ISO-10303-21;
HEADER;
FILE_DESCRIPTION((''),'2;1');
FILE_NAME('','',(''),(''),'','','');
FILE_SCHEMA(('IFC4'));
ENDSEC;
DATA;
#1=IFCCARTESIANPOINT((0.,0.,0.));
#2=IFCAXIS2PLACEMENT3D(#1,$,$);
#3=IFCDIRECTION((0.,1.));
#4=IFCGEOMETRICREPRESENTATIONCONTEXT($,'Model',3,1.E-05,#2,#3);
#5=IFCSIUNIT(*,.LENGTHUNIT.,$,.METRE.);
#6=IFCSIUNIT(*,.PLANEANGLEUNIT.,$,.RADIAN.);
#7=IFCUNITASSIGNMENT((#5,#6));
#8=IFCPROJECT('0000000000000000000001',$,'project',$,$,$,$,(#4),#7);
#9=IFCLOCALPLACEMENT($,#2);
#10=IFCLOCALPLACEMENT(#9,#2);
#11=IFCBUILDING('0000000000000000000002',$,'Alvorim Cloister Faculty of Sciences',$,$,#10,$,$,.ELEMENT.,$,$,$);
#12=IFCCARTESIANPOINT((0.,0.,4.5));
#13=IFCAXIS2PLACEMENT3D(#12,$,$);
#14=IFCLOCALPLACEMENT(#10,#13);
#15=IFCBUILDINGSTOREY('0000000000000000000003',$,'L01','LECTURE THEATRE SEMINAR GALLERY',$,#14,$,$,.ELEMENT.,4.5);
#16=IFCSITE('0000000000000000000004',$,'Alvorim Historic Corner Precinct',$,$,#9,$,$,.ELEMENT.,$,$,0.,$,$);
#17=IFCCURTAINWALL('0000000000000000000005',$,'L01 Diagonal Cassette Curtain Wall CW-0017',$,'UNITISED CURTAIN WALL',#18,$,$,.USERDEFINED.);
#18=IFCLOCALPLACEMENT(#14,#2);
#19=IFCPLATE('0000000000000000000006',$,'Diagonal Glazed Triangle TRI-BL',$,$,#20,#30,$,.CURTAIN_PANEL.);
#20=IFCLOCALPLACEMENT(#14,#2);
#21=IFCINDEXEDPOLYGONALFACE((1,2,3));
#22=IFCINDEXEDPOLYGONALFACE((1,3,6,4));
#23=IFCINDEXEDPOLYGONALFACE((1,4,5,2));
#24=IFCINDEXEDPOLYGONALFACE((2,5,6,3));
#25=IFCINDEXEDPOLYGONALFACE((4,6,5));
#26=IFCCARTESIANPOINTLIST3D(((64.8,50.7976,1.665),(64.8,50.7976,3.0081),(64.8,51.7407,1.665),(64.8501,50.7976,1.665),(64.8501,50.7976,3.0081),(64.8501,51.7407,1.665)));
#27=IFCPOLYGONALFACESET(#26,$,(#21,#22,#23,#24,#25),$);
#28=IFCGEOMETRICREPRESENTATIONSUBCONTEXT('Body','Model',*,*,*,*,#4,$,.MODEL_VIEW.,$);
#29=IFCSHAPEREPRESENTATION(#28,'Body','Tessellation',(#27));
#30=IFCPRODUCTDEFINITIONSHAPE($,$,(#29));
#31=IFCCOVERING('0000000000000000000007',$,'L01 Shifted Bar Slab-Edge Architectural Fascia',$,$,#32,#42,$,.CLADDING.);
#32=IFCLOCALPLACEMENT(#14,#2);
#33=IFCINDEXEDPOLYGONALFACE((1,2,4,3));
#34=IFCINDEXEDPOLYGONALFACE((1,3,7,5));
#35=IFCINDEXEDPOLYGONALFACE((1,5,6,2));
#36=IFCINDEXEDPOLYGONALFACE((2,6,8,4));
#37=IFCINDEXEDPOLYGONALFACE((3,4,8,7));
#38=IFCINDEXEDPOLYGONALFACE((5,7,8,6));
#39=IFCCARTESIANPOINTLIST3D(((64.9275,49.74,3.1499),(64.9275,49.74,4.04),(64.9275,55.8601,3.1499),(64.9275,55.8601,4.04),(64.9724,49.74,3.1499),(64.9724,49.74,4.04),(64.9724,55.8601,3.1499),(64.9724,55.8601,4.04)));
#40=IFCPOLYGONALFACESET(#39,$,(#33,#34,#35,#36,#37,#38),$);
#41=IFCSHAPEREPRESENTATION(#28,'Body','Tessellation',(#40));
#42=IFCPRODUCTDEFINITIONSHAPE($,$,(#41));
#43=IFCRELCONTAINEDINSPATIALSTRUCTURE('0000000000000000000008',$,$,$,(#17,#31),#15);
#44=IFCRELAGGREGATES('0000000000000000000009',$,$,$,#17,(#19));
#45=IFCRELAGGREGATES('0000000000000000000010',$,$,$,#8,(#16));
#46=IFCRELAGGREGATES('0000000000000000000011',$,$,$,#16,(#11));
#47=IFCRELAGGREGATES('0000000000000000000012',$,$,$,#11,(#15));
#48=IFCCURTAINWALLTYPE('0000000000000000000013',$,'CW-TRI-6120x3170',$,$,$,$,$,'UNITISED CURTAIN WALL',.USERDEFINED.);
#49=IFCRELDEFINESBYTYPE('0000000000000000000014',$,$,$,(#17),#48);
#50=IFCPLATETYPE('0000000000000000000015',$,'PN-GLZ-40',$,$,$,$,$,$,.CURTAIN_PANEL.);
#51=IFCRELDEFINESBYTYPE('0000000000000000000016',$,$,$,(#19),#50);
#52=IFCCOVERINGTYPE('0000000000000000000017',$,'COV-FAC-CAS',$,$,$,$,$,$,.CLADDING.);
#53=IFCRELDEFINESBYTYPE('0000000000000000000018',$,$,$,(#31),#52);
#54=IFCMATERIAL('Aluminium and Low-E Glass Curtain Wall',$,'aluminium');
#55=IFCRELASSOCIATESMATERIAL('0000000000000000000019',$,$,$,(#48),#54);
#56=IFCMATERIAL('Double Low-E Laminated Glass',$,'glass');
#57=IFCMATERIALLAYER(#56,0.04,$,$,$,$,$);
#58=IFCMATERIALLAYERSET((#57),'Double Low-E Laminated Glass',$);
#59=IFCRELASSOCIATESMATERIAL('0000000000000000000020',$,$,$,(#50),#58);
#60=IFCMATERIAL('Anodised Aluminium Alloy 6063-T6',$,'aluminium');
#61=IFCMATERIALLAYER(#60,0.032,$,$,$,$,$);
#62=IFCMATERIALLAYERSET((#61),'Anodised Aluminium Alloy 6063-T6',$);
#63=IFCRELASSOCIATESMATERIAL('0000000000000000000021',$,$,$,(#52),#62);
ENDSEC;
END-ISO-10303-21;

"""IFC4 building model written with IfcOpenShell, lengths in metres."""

from ifc_helpers import new_model, si_unit, direction, frame, origin, place, context, subcontext, project, spatial, polyline, outline, extrude, material, layer, layer_set, type_object, element, aggregate, save


model = new_model("IFC4")

# Units and contexts
model_context = context("Model", 3, precision=1e-05, world=origin(), true_north=direction((0.0, 1.0)))
body_context = subcontext(model_context, "Body", "Model", "MODEL_VIEW")
ifc_project = project(units=[si_unit("LENGTHUNIT", "METRE"), si_unit("PLANEANGLEUNIT", "RADIAN")], contexts=[model_context])

# Site, building, storey
site_placement = place(None, origin())
site = spatial("IfcSite", under=ifc_project, at=site_placement, Name="Alvorim Historic Corner Precinct", CompositionType="ELEMENT", RefElevation=0.0)
building_placement = place(site_placement, origin())
building = spatial("IfcBuilding", under=site, at=building_placement, Name="Alvorim Cloister Faculty of Sciences", CompositionType="ELEMENT")
storey_placement = place(building_placement, frame((0.0, 0.0, 4.5)))
storey = spatial("IfcBuildingStorey", under=building, at=storey_placement, Name="L01", Description="LECTURE THEATRE SEMINAR GALLERY", CompositionType="ELEMENT", Elevation=4.5)

# Curtain wall, plate
ifc_material_1 = material(Name="Aluminium and Low-E Glass Curtain Wall", Category="aluminium")
curtain_wall_type = type_object("IfcCurtainWallType", Name="CW-TRI-6120x3170", ElementType="UNITISED CURTAIN WALL", PredefinedType="USERDEFINED", material=ifc_material_1)
curtain_wall_placement = place(storey_placement, origin())
curtain_wall = element("IfcCurtainWall", 1, at=curtain_wall_placement, inside=storey, type_object=curtain_wall_type, Name="L01 Diagonal Cassette Curtain Wall CW-0017", ObjectType="UNITISED CURTAIN WALL", PredefinedType="USERDEFINED")
ifc_material_2 = material(Name="Double Low-E Laminated Glass", Category="glass")
ifc_layer_1 = layer(ifc_material_2, 0.04)
ifc_layer_set_1 = layer_set([ifc_layer_1], Name="Double Low-E Laminated Glass")
plate_type = type_object("IfcPlateType", Name="PN-GLZ-40", PredefinedType="CURTAIN_PANEL", material=ifc_layer_set_1)
plate_1_placement = place(storey_placement, frame((64.825, 50.7976, 1.665), z_axis=(0.0, 0.0, 1.0), x_axis=(0.0, 1.0, 0.0)))
plate_1 = element("IfcPlate", 2, at=plate_1_placement, type_object=plate_type, Name="Diagonal Glazed Triangle TRI-BL", PredefinedType="CURTAIN_PANEL", context=body_context, shape_type="SweptSolid", body=[
    extrude(outline(polyline([(0.0, 0.0), (0.9431, 0.0), (0.0, 1.343), (0.0, 0.0)])), frame((0.0, 0.0249, 0.0), z_axis=(0.0, -1.0, 0.0), x_axis=(1.0, 0.0, 0.0)), (0.0, 0.0, 1.0), 0.05),
])
aggregate(curtain_wall, [plate_1])

# Covering
ifc_material_3 = material(Name="Anodised Aluminium Alloy 6063-T6", Category="aluminium")
ifc_layer_2 = layer(ifc_material_3, 0.032)
ifc_layer_set_2 = layer_set([ifc_layer_2], Name="Anodised Aluminium Alloy 6063-T6")
covering_type = type_object("IfcCoveringType", Name="COV-FAC-CAS", PredefinedType="CLADDING", material=ifc_layer_set_2)
covering_placement = place(storey_placement, frame((64.95, 49.74, 3.1499), z_axis=(0.0, 0.0, 1.0), x_axis=(0.0, 1.0, 0.0)))
element("IfcCovering", 3, at=covering_placement, inside=storey, type_object=covering_type, Name="L01 Shifted Bar Slab-Edge Architectural Fascia", PredefinedType="CLADDING", context=body_context, shape_type="SweptSolid", body=[
    extrude(outline(polyline([(0.0, 0.0), (6.1201, 0.0), (6.1201, 0.8901), (0.0, 0.8901), (0.0, 0.0)])), frame((0.0, 0.0225, 0.0), z_axis=(0.0, -1.0, 0.0), x_axis=(1.0, 0.0, 0.0)), (0.0, 0.0, 1.0), 0.0449),
])

save(model, "model.ifc")
